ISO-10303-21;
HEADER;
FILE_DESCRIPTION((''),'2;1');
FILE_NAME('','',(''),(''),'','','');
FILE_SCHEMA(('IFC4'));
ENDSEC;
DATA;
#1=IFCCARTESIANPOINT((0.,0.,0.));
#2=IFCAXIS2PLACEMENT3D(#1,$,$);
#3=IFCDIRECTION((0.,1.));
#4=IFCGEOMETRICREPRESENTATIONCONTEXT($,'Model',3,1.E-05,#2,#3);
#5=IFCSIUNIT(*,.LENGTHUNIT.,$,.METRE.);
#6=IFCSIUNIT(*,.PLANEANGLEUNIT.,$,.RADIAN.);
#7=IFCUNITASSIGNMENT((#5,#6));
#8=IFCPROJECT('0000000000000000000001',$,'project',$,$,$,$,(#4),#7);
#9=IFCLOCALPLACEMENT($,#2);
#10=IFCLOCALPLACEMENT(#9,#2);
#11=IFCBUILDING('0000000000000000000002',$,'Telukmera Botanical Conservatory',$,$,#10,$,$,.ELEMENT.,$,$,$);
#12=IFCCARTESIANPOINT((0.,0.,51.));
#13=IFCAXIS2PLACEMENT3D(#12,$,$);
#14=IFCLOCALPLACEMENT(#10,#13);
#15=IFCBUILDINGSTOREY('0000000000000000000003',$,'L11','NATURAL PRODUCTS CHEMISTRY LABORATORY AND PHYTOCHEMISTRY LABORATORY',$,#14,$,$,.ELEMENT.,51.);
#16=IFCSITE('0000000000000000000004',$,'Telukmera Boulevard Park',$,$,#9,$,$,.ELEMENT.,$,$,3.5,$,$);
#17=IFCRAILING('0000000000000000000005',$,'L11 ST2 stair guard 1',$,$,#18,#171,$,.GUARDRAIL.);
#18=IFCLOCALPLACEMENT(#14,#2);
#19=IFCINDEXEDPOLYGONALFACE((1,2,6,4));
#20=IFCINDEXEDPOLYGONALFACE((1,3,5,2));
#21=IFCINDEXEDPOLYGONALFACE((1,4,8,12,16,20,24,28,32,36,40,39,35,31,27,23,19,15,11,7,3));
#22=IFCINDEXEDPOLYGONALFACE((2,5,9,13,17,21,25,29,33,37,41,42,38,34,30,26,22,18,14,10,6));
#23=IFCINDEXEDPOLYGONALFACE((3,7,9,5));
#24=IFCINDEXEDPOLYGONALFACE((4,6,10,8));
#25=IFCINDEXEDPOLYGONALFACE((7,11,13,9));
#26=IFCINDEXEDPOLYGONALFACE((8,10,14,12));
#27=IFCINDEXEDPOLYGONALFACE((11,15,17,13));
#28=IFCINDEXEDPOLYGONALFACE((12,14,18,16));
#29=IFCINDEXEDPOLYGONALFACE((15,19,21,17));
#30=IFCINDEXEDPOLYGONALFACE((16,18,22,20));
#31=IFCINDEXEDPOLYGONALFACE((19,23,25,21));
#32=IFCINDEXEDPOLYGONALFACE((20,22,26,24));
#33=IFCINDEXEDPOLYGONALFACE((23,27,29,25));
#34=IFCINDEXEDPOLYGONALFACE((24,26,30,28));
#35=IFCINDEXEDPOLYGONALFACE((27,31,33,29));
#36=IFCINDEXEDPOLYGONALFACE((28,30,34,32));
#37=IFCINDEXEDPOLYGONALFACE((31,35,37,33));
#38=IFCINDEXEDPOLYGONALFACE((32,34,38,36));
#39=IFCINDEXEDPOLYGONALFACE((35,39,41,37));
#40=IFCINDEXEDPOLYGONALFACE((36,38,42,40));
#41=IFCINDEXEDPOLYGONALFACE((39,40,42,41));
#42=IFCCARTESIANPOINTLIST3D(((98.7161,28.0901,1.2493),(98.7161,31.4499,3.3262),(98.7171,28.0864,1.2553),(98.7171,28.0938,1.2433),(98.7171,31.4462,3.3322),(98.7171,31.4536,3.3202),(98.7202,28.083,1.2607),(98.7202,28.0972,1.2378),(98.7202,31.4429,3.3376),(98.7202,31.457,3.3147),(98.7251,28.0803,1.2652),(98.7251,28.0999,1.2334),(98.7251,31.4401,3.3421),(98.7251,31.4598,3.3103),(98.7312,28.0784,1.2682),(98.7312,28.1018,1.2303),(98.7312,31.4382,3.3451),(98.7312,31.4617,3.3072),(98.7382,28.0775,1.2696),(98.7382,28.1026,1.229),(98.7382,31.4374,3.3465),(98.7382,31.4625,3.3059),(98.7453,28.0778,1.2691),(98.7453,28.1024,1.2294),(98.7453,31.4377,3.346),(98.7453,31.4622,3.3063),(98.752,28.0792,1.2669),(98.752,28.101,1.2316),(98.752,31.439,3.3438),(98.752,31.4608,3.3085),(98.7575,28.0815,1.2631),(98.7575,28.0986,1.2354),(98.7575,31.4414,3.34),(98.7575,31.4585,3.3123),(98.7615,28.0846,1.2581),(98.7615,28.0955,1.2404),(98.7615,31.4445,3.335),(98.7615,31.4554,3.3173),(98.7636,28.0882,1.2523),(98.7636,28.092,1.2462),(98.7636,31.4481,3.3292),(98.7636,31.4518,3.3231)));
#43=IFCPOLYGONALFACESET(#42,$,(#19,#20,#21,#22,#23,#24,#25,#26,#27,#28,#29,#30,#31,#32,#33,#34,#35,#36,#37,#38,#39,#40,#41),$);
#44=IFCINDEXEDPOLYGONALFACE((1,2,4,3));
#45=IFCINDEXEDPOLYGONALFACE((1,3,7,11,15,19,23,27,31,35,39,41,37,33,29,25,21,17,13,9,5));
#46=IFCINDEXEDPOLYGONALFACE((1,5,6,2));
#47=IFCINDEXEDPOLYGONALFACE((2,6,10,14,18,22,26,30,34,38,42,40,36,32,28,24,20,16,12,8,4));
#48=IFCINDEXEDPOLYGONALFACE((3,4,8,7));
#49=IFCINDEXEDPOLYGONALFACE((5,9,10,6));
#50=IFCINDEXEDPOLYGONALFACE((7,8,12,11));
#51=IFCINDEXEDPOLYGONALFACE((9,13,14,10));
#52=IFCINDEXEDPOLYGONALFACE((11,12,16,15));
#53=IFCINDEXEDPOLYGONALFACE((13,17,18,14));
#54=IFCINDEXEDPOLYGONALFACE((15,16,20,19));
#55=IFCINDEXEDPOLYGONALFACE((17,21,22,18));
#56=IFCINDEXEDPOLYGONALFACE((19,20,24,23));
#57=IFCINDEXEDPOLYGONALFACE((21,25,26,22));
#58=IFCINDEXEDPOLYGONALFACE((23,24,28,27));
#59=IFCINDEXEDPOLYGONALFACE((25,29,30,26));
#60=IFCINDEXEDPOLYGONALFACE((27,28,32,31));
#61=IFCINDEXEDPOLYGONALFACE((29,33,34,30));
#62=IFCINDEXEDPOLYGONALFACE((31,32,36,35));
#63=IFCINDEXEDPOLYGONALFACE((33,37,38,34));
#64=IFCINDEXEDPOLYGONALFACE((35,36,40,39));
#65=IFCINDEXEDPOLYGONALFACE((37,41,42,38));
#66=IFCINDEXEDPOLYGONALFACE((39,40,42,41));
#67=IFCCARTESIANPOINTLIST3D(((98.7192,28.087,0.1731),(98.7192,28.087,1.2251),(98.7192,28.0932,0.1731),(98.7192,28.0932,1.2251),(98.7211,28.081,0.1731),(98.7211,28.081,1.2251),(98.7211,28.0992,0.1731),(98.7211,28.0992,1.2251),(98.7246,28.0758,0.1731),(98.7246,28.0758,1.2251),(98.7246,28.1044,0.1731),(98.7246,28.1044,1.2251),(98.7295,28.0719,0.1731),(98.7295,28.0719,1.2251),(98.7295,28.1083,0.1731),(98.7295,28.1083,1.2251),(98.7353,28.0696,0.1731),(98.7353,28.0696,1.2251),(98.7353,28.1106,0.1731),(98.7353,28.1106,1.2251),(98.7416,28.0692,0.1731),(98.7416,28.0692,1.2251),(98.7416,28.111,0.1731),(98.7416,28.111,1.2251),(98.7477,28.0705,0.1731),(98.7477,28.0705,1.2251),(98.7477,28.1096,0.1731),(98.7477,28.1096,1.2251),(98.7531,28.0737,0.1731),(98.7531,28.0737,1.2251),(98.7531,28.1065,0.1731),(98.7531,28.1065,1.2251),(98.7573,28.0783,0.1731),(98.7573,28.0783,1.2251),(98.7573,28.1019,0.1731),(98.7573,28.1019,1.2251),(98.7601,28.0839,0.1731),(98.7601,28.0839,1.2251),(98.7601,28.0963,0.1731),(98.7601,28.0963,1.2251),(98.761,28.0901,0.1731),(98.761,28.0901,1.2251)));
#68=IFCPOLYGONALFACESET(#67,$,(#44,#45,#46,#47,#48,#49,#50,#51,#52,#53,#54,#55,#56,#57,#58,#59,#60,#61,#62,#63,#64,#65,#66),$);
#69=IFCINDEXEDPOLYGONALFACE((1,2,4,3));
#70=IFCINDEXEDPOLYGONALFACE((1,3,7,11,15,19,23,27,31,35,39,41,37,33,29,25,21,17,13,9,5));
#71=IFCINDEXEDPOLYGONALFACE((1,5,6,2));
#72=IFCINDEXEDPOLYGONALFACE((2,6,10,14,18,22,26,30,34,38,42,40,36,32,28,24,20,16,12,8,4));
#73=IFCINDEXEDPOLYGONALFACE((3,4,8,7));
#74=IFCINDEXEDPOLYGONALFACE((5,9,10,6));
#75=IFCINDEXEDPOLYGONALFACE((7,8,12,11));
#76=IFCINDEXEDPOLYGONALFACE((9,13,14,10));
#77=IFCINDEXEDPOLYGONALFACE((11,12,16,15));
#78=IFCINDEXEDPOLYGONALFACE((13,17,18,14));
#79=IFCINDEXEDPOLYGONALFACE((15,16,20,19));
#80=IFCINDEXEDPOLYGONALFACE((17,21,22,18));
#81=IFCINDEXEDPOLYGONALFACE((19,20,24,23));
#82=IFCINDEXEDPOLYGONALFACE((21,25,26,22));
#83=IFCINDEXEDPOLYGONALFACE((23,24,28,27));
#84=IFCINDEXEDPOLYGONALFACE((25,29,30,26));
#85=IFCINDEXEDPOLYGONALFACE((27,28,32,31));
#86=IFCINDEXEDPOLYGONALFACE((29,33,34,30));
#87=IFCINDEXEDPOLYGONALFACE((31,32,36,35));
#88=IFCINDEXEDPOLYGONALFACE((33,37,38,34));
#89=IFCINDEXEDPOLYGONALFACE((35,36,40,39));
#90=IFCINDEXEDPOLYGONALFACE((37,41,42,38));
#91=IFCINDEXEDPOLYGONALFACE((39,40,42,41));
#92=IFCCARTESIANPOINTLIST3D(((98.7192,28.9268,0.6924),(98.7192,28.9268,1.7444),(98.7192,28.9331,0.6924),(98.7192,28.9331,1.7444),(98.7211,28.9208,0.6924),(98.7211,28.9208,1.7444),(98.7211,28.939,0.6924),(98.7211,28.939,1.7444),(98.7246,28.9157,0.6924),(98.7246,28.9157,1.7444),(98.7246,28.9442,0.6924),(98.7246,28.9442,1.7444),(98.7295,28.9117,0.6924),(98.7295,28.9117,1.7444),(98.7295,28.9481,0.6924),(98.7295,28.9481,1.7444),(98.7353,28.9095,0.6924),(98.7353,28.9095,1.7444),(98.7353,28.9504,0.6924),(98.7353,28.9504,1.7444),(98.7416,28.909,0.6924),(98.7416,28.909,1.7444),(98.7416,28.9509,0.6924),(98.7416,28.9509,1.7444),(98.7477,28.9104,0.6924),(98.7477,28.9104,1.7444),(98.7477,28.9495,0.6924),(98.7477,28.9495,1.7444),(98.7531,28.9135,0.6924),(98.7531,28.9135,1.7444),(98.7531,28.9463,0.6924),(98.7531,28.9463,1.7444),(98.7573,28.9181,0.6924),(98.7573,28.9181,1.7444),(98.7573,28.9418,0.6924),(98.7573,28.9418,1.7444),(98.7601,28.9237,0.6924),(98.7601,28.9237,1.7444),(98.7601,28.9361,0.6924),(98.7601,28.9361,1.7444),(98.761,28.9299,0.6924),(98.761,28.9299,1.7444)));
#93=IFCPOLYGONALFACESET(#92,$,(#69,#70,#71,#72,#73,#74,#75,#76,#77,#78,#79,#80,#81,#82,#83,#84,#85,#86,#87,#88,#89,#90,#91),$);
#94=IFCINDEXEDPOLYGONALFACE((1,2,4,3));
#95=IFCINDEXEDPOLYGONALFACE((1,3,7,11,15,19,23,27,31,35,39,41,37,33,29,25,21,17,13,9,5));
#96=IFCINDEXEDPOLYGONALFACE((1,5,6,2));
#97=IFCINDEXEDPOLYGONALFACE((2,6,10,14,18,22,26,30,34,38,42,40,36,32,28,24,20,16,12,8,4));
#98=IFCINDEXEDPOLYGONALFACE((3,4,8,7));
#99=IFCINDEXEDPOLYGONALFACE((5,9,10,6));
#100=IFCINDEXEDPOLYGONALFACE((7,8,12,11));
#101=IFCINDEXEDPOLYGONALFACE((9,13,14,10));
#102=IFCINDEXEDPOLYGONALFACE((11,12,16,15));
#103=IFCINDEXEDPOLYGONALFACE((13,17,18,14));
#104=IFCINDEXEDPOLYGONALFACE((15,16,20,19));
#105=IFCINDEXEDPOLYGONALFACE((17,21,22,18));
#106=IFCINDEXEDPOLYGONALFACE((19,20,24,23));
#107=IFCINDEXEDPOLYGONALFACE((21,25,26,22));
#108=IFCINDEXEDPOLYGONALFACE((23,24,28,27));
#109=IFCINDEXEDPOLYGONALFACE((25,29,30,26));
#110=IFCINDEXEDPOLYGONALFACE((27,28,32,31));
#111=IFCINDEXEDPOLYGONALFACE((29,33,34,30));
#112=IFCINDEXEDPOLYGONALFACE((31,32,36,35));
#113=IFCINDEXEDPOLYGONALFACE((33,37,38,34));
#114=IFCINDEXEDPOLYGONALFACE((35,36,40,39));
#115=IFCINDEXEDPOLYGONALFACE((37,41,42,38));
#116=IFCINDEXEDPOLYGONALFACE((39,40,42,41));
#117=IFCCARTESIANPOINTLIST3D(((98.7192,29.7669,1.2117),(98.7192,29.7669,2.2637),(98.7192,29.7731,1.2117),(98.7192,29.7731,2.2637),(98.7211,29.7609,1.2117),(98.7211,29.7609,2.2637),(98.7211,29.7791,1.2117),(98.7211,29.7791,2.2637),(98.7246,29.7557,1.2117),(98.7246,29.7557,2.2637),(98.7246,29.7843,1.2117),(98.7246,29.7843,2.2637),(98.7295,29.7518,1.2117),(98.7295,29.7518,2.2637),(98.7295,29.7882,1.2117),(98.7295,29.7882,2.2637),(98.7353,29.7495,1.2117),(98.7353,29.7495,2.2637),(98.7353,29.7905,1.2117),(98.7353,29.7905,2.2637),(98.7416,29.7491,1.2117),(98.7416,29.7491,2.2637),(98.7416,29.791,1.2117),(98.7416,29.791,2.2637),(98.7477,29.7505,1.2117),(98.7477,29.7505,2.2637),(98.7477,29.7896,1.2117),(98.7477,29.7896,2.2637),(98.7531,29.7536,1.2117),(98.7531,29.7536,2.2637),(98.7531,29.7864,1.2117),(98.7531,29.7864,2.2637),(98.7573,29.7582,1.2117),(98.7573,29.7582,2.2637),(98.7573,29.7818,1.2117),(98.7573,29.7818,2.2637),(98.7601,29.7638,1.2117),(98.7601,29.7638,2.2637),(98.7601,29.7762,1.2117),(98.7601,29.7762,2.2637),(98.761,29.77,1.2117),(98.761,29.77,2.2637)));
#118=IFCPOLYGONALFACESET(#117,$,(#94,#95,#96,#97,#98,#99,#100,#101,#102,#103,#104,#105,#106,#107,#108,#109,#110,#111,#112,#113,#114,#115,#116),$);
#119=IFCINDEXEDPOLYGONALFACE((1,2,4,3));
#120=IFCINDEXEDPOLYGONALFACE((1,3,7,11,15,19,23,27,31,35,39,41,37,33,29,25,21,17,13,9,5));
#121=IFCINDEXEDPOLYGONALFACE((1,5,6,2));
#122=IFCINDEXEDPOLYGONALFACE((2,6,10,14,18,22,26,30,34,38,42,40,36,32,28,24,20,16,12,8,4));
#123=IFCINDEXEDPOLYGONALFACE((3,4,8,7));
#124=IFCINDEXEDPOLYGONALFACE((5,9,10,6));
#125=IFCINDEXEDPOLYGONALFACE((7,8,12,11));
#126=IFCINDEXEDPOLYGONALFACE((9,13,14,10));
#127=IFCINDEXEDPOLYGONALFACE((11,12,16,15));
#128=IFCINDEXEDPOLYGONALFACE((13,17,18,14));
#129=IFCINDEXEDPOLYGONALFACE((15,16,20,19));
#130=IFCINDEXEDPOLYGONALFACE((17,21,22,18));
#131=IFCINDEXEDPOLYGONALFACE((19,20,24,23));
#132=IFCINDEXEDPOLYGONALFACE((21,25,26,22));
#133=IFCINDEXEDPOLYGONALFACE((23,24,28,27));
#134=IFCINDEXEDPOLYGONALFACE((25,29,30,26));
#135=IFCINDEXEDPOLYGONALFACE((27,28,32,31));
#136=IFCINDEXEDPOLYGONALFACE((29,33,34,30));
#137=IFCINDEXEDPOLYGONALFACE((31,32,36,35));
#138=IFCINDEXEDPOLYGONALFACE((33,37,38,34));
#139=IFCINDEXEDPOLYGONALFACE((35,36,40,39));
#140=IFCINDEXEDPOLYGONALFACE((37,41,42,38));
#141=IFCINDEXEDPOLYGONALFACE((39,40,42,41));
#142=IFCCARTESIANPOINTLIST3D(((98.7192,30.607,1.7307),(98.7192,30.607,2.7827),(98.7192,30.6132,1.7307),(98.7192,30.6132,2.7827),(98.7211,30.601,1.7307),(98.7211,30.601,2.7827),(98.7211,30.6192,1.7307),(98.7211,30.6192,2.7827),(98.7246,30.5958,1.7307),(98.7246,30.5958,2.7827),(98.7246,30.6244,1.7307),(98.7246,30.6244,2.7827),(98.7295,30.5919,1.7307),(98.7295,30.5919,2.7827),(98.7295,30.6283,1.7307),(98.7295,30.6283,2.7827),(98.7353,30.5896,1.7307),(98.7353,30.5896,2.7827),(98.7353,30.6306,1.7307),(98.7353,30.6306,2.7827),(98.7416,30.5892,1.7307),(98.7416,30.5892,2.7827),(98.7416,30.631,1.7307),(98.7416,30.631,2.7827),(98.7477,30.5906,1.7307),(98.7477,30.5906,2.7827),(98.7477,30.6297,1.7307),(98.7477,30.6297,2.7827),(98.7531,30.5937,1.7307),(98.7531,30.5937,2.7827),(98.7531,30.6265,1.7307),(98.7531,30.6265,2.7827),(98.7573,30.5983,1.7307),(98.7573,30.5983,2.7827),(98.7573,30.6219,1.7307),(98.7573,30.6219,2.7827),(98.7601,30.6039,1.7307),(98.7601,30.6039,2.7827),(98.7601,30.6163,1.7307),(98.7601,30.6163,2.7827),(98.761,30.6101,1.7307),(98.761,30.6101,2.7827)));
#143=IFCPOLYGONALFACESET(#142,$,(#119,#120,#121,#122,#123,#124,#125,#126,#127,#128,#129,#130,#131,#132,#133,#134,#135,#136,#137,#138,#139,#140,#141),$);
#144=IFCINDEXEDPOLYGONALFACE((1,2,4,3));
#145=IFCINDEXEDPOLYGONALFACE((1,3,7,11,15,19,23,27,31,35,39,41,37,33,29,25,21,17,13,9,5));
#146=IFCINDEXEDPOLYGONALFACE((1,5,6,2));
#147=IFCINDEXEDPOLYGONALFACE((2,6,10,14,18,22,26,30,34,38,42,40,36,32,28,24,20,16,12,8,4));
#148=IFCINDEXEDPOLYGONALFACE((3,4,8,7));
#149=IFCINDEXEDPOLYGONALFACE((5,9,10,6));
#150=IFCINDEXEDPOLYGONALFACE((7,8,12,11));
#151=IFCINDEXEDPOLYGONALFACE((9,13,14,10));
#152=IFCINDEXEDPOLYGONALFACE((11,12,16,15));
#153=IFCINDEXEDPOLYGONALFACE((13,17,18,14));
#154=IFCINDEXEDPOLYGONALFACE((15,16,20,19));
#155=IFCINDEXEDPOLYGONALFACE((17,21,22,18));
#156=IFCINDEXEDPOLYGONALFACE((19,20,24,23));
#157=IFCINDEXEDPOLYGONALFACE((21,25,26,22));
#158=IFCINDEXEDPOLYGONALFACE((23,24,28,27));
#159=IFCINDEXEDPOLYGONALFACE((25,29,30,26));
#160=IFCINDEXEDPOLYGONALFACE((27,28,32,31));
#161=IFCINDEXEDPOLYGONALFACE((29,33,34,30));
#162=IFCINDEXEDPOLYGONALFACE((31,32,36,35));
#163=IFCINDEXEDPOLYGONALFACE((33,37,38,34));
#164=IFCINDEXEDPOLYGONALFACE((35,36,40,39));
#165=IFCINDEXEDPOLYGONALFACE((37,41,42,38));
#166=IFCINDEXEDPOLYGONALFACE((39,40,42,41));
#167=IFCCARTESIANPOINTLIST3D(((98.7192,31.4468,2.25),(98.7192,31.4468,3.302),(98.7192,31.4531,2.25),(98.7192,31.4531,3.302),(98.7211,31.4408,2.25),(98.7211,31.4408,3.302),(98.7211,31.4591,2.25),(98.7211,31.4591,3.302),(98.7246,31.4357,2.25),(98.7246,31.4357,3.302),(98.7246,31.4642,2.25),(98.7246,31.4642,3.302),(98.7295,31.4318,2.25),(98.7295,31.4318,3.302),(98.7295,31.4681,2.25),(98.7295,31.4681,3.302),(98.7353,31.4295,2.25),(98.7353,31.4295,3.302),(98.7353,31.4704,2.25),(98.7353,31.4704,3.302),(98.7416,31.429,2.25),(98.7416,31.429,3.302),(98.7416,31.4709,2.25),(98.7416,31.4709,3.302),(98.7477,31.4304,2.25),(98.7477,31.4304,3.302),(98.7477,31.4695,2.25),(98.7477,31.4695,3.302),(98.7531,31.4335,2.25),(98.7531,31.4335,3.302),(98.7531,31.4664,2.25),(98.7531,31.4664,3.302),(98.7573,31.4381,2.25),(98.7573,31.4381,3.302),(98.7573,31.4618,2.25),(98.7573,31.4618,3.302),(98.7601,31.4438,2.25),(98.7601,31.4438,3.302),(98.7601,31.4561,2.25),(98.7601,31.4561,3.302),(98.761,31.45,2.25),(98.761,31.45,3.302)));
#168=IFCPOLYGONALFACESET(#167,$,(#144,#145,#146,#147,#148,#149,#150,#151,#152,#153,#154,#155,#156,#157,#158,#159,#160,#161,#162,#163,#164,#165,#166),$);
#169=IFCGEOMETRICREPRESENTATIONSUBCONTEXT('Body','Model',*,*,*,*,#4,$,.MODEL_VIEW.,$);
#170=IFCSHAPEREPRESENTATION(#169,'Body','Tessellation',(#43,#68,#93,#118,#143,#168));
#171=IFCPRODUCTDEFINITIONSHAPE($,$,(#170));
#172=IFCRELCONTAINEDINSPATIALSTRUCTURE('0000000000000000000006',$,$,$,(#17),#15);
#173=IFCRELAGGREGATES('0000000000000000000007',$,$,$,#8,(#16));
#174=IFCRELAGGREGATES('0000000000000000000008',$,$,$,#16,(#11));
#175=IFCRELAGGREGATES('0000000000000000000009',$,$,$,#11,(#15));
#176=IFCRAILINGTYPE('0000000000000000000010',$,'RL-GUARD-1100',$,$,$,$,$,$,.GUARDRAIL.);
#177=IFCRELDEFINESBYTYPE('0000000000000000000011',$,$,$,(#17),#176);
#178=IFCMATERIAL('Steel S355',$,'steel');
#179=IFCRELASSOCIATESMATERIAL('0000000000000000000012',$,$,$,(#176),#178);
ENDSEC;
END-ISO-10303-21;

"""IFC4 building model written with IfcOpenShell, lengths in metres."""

from ifc_helpers import new_model, si_unit, direction, frame, origin, origin_2d, place, context, subcontext, project, spatial, circle, extrude, material, type_object, element, save


model = new_model("IFC4")

# Units and contexts
model_context = context("Model", 3, precision=1e-05, world=origin(), true_north=direction((0.0, 1.0)))
body_context = subcontext(model_context, "Body", "Model", "MODEL_VIEW")
ifc_project = project(units=[si_unit("LENGTHUNIT", "METRE"), si_unit("PLANEANGLEUNIT", "RADIAN")], contexts=[model_context])

# Site, building, storey
site_placement = place(None, origin())
site = spatial("IfcSite", under=ifc_project, at=site_placement, Name="Telukmera Boulevard Park", CompositionType="ELEMENT", RefElevation=3.5)
building_placement = place(site_placement, origin())
building = spatial("IfcBuilding", under=site, at=building_placement, Name="Telukmera Botanical Conservatory", CompositionType="ELEMENT")
storey_placement = place(building_placement, frame((0.0, 0.0, 51.0)))
storey = spatial("IfcBuildingStorey", under=building, at=storey_placement, Name="L11", Description="NATURAL PRODUCTS CHEMISTRY LABORATORY AND PHYTOCHEMISTRY LABORATORY", CompositionType="ELEMENT", Elevation=51.0)

# Railing
ifc_material_1 = material(Name="Steel S355", Category="steel")
railing_type_1 = type_object("IfcRailingType", Name="RL-GUARD-1100", PredefinedType="GUARDRAIL", material=ifc_material_1)
railing_1_placement = place(storey_placement, frame((98.74, 28.0901, 0.1731)))
element("IfcRailing", 1, at=railing_1_placement, inside=storey, type_object=railing_type_1, Name="L11 ST2 stair guard 1", PredefinedType="GUARDRAIL", context=body_context, shape_type="SweptSolid", body=[
    extrude(circle(Radius=0.0239, at=origin_2d()), frame((0.0, 0.0, 1.0762), z_axis=(0.0, 0.850606, 0.525803), x_axis=(-1.0, 0.0, 0.0)), (0.0, 0.0, 1.0), 3.95),
    extrude(circle(Radius=0.021, at=origin_2d()), origin(), (0.0, 0.0, 1.0), 1.052),
    extrude(circle(Radius=0.021, at=origin_2d()), frame((0.0, 0.8398, 0.5193)), (0.0, 0.0, 1.0), 1.052),
    extrude(circle(Radius=0.021, at=origin_2d()), frame((0.0, 1.6799, 1.0386)), (0.0, 0.0, 1.0), 1.052),
    extrude(circle(Radius=0.021, at=origin_2d()), frame((0.0, 2.52, 1.5576)), (0.0, 0.0, 1.0), 1.052),
    extrude(circle(Radius=0.021, at=origin_2d()), frame((0.0, 3.3599, 2.0769)), (0.0, 0.0, 1.0), 1.052),
])

save(model, "model.ifc")
